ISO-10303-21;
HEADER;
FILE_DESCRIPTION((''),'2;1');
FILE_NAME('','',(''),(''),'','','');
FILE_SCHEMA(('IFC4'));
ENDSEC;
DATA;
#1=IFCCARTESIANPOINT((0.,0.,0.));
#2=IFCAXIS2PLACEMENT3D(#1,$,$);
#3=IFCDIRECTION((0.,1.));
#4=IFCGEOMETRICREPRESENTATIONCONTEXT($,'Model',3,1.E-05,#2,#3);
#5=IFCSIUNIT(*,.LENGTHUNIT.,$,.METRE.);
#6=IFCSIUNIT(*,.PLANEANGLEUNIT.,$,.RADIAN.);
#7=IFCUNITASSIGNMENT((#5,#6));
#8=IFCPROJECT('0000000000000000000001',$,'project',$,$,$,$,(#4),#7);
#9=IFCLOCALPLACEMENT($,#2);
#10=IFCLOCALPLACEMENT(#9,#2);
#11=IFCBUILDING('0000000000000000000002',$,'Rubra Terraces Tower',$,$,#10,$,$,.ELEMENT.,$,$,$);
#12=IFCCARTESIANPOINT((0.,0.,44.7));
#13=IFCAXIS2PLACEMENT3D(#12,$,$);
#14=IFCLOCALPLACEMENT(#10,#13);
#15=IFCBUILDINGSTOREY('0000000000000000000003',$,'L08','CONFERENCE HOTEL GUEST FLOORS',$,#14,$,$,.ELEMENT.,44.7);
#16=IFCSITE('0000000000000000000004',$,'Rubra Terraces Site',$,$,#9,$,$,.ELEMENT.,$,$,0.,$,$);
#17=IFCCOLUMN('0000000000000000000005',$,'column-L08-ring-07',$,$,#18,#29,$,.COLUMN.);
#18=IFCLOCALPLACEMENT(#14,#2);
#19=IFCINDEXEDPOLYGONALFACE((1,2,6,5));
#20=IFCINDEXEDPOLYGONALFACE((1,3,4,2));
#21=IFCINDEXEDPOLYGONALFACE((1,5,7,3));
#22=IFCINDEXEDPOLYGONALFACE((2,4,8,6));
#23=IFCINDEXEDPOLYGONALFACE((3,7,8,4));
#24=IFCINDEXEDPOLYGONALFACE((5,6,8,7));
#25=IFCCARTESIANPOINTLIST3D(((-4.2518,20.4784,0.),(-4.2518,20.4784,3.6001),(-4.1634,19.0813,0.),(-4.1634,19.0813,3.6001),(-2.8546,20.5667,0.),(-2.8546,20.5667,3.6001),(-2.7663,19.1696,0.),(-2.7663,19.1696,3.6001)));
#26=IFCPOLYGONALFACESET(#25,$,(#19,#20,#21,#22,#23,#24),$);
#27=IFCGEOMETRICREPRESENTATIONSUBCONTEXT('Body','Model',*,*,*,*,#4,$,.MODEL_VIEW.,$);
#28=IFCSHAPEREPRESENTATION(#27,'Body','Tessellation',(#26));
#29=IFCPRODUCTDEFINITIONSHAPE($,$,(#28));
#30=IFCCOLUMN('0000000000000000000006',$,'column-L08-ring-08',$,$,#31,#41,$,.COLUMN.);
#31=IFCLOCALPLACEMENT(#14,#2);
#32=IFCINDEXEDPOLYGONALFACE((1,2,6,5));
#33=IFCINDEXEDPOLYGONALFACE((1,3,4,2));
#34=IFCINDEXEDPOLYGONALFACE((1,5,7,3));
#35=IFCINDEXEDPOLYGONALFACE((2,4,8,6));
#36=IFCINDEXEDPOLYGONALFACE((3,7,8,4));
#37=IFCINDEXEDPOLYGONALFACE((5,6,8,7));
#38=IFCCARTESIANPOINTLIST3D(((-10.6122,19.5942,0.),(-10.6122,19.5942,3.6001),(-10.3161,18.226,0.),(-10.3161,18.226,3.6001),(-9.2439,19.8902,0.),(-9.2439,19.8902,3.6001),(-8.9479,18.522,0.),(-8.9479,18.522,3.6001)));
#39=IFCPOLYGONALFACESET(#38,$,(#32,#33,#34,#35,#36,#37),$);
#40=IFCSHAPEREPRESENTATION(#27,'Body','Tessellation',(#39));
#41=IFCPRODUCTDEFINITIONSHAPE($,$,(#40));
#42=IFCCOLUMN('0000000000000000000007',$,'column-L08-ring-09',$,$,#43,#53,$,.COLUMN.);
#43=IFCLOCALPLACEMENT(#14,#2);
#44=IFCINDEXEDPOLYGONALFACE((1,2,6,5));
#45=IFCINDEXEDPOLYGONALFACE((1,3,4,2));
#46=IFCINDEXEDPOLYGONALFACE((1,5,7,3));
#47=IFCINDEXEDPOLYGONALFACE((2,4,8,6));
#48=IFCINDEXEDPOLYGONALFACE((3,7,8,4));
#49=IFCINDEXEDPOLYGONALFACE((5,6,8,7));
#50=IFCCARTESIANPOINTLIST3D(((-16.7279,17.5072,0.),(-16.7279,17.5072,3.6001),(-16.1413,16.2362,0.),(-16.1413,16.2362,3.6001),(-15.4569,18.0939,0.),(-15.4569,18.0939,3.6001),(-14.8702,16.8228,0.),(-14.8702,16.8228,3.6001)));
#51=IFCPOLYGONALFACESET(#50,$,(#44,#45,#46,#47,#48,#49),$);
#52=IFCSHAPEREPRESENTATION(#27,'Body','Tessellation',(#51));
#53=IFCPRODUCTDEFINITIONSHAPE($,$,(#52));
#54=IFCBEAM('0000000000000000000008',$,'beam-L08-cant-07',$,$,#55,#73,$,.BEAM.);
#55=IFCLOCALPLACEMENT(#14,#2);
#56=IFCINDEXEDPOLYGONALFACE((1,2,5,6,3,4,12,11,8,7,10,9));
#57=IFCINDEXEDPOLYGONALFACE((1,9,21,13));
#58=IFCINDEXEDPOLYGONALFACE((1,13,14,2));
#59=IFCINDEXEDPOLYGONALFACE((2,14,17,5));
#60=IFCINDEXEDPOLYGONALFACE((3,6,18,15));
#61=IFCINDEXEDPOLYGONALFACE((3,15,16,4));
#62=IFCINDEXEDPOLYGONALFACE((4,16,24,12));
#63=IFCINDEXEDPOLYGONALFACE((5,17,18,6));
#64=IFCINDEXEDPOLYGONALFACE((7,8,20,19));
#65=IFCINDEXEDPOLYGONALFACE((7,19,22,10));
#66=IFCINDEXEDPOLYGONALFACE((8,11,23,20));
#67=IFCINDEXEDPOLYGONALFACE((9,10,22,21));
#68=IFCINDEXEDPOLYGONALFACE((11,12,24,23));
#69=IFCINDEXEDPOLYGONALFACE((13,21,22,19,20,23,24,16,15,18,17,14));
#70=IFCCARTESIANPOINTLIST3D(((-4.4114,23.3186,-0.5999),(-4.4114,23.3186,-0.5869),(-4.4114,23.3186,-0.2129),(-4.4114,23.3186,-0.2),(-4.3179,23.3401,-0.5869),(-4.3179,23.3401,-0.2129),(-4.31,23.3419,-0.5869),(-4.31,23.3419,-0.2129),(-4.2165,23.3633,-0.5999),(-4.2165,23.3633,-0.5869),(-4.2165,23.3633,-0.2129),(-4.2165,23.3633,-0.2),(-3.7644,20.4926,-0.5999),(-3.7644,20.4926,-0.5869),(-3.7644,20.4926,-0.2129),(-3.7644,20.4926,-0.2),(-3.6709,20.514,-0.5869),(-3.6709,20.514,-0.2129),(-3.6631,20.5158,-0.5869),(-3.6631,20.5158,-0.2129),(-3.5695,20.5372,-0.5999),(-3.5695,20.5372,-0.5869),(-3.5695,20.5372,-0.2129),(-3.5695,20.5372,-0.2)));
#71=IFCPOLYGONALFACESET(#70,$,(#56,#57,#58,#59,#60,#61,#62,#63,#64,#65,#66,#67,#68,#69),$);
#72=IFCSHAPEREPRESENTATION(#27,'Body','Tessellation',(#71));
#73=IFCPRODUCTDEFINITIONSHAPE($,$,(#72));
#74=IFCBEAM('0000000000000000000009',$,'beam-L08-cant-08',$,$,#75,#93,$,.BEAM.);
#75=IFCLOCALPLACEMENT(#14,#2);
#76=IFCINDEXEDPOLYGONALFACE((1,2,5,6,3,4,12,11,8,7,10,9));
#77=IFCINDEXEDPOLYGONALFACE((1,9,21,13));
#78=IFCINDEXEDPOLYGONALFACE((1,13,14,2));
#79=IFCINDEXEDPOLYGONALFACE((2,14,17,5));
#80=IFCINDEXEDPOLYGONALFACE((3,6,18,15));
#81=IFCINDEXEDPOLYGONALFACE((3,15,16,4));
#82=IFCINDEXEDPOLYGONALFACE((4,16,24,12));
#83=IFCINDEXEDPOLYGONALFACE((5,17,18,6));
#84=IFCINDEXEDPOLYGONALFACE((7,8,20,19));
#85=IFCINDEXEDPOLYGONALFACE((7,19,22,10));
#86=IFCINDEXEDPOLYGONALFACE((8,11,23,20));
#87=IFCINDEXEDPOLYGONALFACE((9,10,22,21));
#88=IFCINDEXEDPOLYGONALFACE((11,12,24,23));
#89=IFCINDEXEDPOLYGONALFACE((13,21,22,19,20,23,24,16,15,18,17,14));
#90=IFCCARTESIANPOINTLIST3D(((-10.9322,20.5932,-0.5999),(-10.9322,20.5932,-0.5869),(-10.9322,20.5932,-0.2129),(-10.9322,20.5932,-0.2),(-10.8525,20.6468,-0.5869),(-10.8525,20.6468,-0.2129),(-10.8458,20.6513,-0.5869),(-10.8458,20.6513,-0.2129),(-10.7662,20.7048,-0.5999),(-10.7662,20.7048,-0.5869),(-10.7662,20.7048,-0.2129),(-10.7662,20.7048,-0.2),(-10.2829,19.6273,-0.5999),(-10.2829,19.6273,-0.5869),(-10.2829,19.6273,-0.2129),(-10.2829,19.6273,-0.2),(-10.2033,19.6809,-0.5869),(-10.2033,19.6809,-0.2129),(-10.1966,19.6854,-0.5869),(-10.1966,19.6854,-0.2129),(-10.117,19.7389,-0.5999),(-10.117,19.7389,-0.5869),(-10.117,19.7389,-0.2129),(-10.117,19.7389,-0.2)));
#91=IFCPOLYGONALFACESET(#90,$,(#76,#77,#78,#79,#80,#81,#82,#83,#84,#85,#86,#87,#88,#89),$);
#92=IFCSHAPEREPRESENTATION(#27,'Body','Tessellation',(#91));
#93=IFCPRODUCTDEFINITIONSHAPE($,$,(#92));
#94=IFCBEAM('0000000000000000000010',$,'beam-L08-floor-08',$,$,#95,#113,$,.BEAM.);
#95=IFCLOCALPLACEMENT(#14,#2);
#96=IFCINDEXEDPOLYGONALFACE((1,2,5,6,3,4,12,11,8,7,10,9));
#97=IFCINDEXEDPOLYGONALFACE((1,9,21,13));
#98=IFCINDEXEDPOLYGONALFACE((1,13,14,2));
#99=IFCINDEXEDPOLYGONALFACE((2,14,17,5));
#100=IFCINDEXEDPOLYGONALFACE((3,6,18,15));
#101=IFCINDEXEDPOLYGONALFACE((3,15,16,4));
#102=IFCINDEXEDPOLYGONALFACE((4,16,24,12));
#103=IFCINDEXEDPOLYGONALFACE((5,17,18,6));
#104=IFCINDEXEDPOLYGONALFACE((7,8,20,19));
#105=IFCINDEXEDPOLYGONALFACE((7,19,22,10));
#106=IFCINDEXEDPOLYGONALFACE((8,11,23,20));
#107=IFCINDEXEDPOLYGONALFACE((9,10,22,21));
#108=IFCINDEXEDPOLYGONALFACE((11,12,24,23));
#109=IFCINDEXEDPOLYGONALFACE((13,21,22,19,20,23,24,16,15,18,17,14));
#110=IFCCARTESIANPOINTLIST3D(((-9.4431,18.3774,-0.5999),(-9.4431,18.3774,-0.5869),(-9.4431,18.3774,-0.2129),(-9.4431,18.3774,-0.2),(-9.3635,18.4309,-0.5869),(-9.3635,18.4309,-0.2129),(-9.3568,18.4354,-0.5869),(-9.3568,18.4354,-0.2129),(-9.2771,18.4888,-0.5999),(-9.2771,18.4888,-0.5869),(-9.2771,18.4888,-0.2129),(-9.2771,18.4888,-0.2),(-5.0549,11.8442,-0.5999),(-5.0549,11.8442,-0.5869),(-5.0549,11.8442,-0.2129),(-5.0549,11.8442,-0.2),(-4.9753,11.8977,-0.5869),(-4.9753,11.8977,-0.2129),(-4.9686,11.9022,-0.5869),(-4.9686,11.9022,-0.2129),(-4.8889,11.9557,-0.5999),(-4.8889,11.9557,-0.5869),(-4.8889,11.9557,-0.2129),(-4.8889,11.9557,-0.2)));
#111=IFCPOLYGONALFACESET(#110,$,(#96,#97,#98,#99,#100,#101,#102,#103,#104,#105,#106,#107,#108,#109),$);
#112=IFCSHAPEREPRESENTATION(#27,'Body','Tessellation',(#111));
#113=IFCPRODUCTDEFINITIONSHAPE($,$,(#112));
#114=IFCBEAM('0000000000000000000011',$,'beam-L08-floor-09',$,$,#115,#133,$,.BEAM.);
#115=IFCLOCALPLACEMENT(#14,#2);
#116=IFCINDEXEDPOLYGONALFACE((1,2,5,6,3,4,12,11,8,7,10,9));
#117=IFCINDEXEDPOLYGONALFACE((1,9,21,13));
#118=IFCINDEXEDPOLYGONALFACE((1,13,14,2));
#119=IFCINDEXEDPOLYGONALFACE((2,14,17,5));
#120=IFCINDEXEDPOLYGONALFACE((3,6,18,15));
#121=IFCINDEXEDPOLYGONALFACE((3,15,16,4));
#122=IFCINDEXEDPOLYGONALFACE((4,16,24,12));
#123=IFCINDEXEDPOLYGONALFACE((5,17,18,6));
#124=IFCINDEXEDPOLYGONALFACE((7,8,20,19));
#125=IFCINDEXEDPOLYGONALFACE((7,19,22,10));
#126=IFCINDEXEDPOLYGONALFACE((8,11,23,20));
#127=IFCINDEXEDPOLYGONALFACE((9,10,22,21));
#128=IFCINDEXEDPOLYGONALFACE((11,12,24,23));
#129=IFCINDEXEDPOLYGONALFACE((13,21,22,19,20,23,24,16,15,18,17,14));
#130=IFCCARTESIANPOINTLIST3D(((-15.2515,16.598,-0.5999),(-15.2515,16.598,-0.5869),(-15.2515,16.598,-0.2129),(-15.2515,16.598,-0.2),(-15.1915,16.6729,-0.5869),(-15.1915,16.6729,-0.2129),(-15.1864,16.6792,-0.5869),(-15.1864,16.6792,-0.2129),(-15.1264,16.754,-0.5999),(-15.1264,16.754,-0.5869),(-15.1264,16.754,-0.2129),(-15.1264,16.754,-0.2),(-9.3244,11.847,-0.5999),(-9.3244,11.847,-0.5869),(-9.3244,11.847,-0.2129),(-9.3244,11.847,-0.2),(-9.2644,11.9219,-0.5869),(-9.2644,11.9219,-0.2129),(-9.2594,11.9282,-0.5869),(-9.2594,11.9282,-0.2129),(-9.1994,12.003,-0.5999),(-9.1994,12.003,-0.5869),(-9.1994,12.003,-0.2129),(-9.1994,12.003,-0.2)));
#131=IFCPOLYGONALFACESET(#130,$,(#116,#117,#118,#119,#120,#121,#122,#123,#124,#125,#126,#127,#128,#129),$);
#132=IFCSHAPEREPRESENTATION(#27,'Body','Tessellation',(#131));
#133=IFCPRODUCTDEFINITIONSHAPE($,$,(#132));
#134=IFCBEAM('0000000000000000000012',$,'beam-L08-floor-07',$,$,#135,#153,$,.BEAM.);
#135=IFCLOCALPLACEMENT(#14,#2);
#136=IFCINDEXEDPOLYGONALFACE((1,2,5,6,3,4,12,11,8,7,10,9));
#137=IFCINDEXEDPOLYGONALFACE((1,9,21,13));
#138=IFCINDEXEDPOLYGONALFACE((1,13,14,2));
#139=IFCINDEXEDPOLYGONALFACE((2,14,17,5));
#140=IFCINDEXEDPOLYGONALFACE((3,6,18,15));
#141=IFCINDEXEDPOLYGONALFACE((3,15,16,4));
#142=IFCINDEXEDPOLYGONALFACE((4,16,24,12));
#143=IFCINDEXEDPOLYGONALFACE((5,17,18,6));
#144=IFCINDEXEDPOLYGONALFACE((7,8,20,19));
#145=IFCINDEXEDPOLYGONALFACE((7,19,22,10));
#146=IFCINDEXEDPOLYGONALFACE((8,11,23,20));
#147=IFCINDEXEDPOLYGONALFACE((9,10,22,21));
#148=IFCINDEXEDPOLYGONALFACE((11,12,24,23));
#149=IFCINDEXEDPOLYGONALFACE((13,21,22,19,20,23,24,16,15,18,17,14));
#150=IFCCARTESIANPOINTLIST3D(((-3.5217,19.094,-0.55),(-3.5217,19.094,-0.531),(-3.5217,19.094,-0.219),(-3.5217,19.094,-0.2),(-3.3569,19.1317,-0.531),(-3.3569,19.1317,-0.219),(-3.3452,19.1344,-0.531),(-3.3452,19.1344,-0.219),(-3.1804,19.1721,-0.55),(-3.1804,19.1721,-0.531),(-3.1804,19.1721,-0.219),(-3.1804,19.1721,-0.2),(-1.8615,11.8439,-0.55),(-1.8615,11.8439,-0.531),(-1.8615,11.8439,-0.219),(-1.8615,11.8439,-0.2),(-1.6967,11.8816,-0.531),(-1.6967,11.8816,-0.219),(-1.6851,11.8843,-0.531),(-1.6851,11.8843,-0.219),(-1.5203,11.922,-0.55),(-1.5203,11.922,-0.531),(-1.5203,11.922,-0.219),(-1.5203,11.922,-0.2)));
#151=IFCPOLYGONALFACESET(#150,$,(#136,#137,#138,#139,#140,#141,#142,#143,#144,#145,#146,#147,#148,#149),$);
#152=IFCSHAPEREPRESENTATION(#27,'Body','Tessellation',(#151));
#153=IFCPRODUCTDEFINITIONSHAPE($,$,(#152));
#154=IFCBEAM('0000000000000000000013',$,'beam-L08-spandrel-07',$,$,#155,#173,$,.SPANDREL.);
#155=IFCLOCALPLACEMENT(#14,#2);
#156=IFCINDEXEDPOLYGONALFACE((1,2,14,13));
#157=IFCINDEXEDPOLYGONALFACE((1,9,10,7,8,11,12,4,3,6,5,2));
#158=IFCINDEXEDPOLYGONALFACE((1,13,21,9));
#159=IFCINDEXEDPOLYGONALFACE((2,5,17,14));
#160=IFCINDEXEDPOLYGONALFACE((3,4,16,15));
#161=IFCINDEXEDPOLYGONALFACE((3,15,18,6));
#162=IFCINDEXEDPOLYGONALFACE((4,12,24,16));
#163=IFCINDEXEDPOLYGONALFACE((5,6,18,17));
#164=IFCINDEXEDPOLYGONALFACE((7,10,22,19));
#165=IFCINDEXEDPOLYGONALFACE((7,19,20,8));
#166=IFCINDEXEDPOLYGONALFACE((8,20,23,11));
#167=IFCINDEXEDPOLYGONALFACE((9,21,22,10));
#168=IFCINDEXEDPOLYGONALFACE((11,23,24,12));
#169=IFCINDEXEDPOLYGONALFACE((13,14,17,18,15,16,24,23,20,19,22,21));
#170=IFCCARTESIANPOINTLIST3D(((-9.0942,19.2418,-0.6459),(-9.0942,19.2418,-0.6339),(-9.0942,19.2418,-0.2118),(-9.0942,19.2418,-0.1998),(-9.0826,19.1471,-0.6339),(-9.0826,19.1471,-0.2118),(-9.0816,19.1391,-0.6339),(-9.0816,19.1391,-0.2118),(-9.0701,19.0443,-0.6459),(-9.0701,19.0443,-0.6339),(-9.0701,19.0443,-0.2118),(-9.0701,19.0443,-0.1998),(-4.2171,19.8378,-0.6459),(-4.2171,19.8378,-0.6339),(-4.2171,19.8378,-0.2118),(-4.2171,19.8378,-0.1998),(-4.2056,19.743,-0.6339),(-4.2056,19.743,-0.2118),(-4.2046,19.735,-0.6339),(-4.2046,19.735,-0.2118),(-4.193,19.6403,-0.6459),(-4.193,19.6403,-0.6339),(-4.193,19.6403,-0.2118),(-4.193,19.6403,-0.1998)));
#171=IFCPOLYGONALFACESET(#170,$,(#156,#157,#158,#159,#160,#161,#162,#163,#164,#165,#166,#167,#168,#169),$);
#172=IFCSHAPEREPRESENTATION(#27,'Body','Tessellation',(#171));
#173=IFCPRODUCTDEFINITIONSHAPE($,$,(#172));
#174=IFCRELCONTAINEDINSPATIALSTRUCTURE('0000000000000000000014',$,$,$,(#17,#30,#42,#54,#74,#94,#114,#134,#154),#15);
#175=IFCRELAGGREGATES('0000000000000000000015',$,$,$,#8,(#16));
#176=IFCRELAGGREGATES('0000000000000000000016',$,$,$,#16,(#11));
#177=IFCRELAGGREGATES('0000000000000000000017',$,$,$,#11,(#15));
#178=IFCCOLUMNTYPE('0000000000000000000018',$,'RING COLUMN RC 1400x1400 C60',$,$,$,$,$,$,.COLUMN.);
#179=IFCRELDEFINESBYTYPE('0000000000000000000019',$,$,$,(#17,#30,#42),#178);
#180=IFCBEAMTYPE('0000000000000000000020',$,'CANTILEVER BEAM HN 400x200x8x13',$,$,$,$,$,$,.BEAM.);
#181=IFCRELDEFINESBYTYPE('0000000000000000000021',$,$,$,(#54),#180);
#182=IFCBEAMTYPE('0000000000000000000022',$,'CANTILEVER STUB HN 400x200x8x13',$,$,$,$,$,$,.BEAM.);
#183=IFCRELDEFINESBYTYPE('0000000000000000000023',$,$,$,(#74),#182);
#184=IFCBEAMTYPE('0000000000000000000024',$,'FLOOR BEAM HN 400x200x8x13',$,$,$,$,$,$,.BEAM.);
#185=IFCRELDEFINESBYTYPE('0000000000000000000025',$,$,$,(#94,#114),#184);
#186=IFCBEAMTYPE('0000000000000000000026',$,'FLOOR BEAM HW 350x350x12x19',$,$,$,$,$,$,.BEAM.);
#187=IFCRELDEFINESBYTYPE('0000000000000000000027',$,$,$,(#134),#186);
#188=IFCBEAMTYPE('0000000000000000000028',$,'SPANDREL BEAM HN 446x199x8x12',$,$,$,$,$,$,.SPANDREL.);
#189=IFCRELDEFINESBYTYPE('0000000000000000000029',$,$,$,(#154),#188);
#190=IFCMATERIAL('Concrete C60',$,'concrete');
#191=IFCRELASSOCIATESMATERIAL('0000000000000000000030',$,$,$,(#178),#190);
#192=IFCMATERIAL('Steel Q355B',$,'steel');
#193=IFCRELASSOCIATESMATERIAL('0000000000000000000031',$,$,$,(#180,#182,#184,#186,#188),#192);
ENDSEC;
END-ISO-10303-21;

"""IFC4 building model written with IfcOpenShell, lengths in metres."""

from ifc_helpers import new_model, si_unit, direction, frame, origin, origin_2d, place, context, subcontext, project, spatial, rectangle, i_section, extrude, material, material_profile, profile_set, type_object, element, save


model = new_model("IFC4")

# Units and contexts
model_context = context("Model", 3, precision=1e-05, world=origin(), true_north=direction((0.0, 1.0)))
body_context = subcontext(model_context, "Body", "Model", "MODEL_VIEW")
ifc_project = project(units=[si_unit("LENGTHUNIT", "METRE"), si_unit("PLANEANGLEUNIT", "RADIAN")], contexts=[model_context])

# Site, building, storey
site_placement = place(None, origin())
site = spatial("IfcSite", under=ifc_project, at=site_placement, Name="Rubra Terraces Site", CompositionType="ELEMENT", RefElevation=0.0)
building_placement = place(site_placement, origin())
building = spatial("IfcBuilding", under=site, at=building_placement, Name="Rubra Terraces Tower", CompositionType="ELEMENT")
storey_placement = place(building_placement, frame((0.0, 0.0, 44.7)))
storey = spatial("IfcBuildingStorey", under=building, at=storey_placement, Name="L08", Description="CONFERENCE HOTEL GUEST FLOORS", CompositionType="ELEMENT", Elevation=44.7)

# Columns
ifc_material_1 = material(Name="Concrete C60", Category="concrete")
ifc_material_profile_1 = material_profile(ifc_material_1, rectangle(XDim=1.3999, YDim=1.3999, at=origin_2d()), Name="RC 1400x1400")
ifc_profile_set_1 = profile_set([ifc_material_profile_1], Name="Concrete C60")
column_type = type_object("IfcColumnType", Name="RING COLUMN RC 1400x1400 C60", PredefinedType="COLUMN", material=ifc_profile_set_1)
for number, where, z_axis, x_axis, name in (
    (1, (-3.509, 19.824, 0.0), (0.0, 0.0, 1.0), (-0.998008, -0.063094, 0.0), "column-L08-ring-07"),
    (2, (-9.78, 19.0581, 0.0), (0.0, 0.0, 1.0), (-0.977386, -0.211462, 0.0), "column-L08-ring-08"),
    (3, (-15.7991, 17.165, 0.0), (0.0, 0.0, 1.0), (-0.907952, -0.419073, 0.0), "column-L08-ring-09"),
):
    element("IfcColumn", number, at=place(storey_placement, frame(where, z_axis=z_axis, x_axis=x_axis)), inside=storey, type_object=column_type, Name=name, PredefinedType="COLUMN", context=body_context, shape_type="SweptSolid", body=[
        extrude(rectangle(XDim=1.3999, YDim=1.3999, at=origin_2d()), origin(), (0.0, 0.0, 1.0), 3.6001),
    ])

# Beams
ifc_material_2 = material(Name="Steel Q355B", Category="steel")
ifc_material_profile_2 = material_profile(ifc_material_2, i_section(OverallWidth=0.2, OverallDepth=0.3999, WebThickness=0.0081, FlangeThickness=0.0129, at=origin_2d()), Name="HN 400x200x8x13")
ifc_profile_set_2 = profile_set([ifc_material_profile_2], Name="Steel Q355B")
beam_type_1 = type_object("IfcBeamType", Name="CANTILEVER BEAM HN 400x200x8x13", PredefinedType="BEAM", material=ifc_profile_set_2)
beam_1_placement = place(storey_placement, frame((-3.667, 20.5149, -0.3999), z_axis=(-0.223149, 0.974784, 0.0), x_axis=(-0.974784, -0.223149, 0.0)))
element("IfcBeam", 4, at=beam_1_placement, inside=storey, type_object=beam_type_1, Name="beam-L08-cant-07", PredefinedType="BEAM", context=body_context, shape_type="SweptSolid", body=[
    extrude(i_section(OverallWidth=0.2, OverallDepth=0.3999, WebThickness=0.0081, FlangeThickness=0.0129, at=origin_2d()), origin(), (0.0, 0.0, 1.0), 2.8992),
])
ifc_material_profile_3 = material_profile(ifc_material_2, i_section(OverallWidth=0.2, OverallDepth=0.3999, WebThickness=0.0081, FlangeThickness=0.0129, at=origin_2d()), Name="HN 400x200x8x13")
ifc_profile_set_3 = profile_set([ifc_material_profile_3], Name="Steel Q355B")
beam_type_2 = type_object("IfcBeamType", Name="CANTILEVER STUB HN 400x200x8x13", PredefinedType="BEAM", material=ifc_profile_set_3)
beam_2_placement = place(storey_placement, frame((-10.2, 19.6831, -0.3999), z_axis=(-0.557843, 0.829946, 0.0), x_axis=(-0.829946, -0.557843, 0.0)))
element("IfcBeam", 5, at=beam_2_placement, inside=storey, type_object=beam_type_2, Name="beam-L08-cant-08", PredefinedType="BEAM", context=body_context, shape_type="SweptSolid", body=[
    extrude(i_section(OverallWidth=0.2, OverallDepth=0.3999, WebThickness=0.0081, FlangeThickness=0.0129, at=origin_2d()), origin(), (0.0, 0.0, 1.0), 1.1638),
])
ifc_material_profile_4 = material_profile(ifc_material_2, i_section(OverallWidth=0.2, OverallDepth=0.3999, WebThickness=0.0081, FlangeThickness=0.0129, at=origin_2d()), Name="HN 400x200x8x13")
ifc_profile_set_4 = profile_set([ifc_material_profile_4], Name="Steel Q355B")
beam_type_3 = type_object("IfcBeamType", Name="FLOOR BEAM HN 400x200x8x13", PredefinedType="BEAM", material=ifc_profile_set_4)
beam_3_placement = place(storey_placement, frame((-9.3601, 18.4331, -0.3999), z_axis=(0.557575, -0.830127, 0.0), x_axis=(0.830127, 0.557575, 0.0)))
element("IfcBeam", 6, at=beam_3_placement, inside=storey, type_object=beam_type_3, Name="beam-L08-floor-08", PredefinedType="BEAM", context=body_context, shape_type="SweptSolid", body=[
    extrude(i_section(OverallWidth=0.2, OverallDepth=0.3999, WebThickness=0.0081, FlangeThickness=0.0129, at=origin_2d()), origin(), (0.0, 0.0, 1.0), 7.8701),
])
beam_4_placement = place(storey_placement, frame((-15.189, 16.676, -0.3999), z_axis=(0.780266, -0.625447, 0.0), x_axis=(0.625447, 0.780266, 0.0)))
element("IfcBeam", 7, at=beam_4_placement, inside=storey, type_object=beam_type_3, Name="beam-L08-floor-09", PredefinedType="BEAM", context=body_context, shape_type="SweptSolid", body=[
    extrude(i_section(OverallWidth=0.2, OverallDepth=0.3999, WebThickness=0.0081, FlangeThickness=0.0129, at=origin_2d()), origin(), (0.0, 0.0, 1.0), 7.5962),
])
ifc_material_profile_5 = material_profile(ifc_material_2, i_section(OverallWidth=0.3501, OverallDepth=0.3501, WebThickness=0.012, FlangeThickness=0.019, at=origin_2d()), Name="HW 350x350x12x19")
ifc_profile_set_5 = profile_set([ifc_material_profile_5], Name="Steel Q355B")
beam_type_4 = type_object("IfcBeamType", Name="FLOOR BEAM HW 350x350x12x19", PredefinedType="BEAM", material=ifc_profile_set_5)
beam_5_placement = place(storey_placement, frame((-3.3511, 19.1331, -0.375), z_axis=(0.22321, -0.97477, 0.0), x_axis=(0.97477, 0.22321, 0.0)))
element("IfcBeam", 8, at=beam_5_placement, inside=storey, type_object=beam_type_4, Name="beam-L08-floor-07", PredefinedType="BEAM", context=body_context, shape_type="SweptSolid", body=[
    extrude(i_section(OverallWidth=0.3501, OverallDepth=0.3501, WebThickness=0.012, FlangeThickness=0.019, at=origin_2d()), origin(), (0.0, 0.0, 1.0), 7.4377),
])
ifc_material_profile_6 = material_profile(ifc_material_2, i_section(OverallWidth=0.199, OverallDepth=0.446, WebThickness=0.0081, FlangeThickness=0.012, at=origin_2d()), Name="HN 446x199x8x12")
ifc_profile_set_6 = profile_set([ifc_material_profile_6], Name="Steel Q355B")
beam_type_5 = type_object("IfcBeamType", Name="SPANDREL BEAM HN 446x199x8x12", PredefinedType="SPANDREL", material=ifc_profile_set_6)
beam_6_placement = place(storey_placement, frame((-4.2051, 19.739, -0.4229), z_axis=(-0.992617, -0.121294, 0.0), x_axis=(0.121294, -0.992617, 0.0)))
element("IfcBeam", 9, at=beam_6_placement, inside=storey, type_object=beam_type_5, Name="beam-L08-spandrel-07", PredefinedType="SPANDREL", context=body_context, shape_type="SweptSolid", body=[
    extrude(i_section(OverallWidth=0.199, OverallDepth=0.446, WebThickness=0.0081, FlangeThickness=0.012, at=origin_2d()), origin(), (0.0, 0.0, 1.0), 4.9133),
])

save(model, "model.ifc")
